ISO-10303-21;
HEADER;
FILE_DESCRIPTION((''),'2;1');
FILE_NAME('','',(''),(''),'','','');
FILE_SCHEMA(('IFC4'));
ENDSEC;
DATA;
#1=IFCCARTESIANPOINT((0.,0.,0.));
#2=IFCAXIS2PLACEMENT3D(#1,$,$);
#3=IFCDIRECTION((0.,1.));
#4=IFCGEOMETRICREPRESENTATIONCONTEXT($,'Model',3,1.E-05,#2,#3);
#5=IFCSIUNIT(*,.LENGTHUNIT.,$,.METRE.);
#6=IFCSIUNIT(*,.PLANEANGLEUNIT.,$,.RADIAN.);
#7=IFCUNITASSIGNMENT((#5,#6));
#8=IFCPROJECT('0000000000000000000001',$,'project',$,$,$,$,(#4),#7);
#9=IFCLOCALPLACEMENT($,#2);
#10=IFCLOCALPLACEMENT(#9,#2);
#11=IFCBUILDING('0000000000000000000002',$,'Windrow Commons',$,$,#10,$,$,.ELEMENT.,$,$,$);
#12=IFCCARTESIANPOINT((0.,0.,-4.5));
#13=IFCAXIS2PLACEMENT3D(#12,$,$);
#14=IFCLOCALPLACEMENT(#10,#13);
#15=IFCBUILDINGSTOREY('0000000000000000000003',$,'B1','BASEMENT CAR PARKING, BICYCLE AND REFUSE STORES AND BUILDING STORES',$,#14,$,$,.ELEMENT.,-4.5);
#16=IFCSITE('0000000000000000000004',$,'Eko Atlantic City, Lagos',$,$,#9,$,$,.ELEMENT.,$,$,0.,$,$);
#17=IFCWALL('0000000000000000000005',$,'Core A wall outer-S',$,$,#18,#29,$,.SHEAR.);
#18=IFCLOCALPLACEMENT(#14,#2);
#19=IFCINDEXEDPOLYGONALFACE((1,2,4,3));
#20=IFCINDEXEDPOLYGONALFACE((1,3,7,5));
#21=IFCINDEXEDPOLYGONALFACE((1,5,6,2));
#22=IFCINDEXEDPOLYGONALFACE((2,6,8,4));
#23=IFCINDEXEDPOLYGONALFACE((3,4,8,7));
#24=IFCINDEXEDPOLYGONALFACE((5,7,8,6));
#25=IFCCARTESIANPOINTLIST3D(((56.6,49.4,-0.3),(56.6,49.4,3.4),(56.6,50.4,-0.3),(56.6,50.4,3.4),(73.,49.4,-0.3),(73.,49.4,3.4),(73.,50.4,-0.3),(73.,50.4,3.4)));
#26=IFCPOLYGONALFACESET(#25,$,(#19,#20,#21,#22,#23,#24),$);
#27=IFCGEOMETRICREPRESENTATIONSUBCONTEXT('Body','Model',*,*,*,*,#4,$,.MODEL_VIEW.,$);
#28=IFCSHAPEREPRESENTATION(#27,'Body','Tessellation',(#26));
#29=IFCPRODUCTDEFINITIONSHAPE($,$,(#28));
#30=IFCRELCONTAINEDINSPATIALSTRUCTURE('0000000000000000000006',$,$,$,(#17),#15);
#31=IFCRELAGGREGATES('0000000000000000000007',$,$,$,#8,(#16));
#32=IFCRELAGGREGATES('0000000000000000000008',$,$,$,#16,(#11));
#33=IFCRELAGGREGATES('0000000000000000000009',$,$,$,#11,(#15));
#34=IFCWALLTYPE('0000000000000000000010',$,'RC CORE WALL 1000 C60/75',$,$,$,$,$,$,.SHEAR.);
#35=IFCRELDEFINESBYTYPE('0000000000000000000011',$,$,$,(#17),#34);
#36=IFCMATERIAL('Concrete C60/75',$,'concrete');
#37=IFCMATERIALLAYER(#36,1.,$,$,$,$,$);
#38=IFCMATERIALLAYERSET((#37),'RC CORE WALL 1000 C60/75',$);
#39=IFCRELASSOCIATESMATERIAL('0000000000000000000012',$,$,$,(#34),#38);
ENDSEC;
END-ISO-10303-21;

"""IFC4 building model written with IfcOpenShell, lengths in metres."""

from ifc_helpers import new_model, si_unit, direction, frame, frame_2d, origin, place, context, subcontext, project, spatial, rectangle, extrude, material, layer, layer_set, type_object, element, save


model = new_model("IFC4")

# Units and contexts
model_context = context("Model", 3, precision=1e-05, world=origin(), true_north=direction((0.0, 1.0)))
body_context = subcontext(model_context, "Body", "Model", "MODEL_VIEW")
ifc_project = project(units=[si_unit("LENGTHUNIT", "METRE"), si_unit("PLANEANGLEUNIT", "RADIAN")], contexts=[model_context])

# Site, building, storey
site_placement = place(None, origin())
site = spatial("IfcSite", under=ifc_project, at=site_placement, Name="Eko Atlantic City, Lagos", CompositionType="ELEMENT", RefElevation=0.0)
building_placement = place(site_placement, origin())
building = spatial("IfcBuilding", under=site, at=building_placement, Name="Windrow Commons", CompositionType="ELEMENT")
storey_placement = place(building_placement, frame((0.0, 0.0, -4.5)))
storey = spatial("IfcBuildingStorey", under=building, at=storey_placement, Name="B1", Description="BASEMENT CAR PARKING, BICYCLE AND REFUSE STORES AND BUILDING STORES", CompositionType="ELEMENT", Elevation=-4.5)

# Wall
ifc_material_1 = material(Name="Concrete C60/75", Category="concrete")
ifc_layer_1 = layer(ifc_material_1, 1.0)
ifc_layer_set_1 = layer_set([ifc_layer_1], Name="RC CORE WALL 1000 C60/75")
wall_type_1 = type_object("IfcWallType", Name="RC CORE WALL 1000 C60/75", PredefinedType="SHEAR", material=ifc_layer_set_1)
wall_1_placement = place(storey_placement, frame((56.6, 49.9, -0.3), z_axis=(0.0, 0.0, 1.0), x_axis=(1.0, 0.0, 0.0)))
element("IfcWall", 1, at=wall_1_placement, inside=storey, type_object=wall_type_1, Name="Core A wall outer-S", PredefinedType="SHEAR", context=body_context, shape_type="SweptSolid", body=[
    extrude(rectangle(XDim=16.4, YDim=1.0, at=frame_2d((8.2, 0.0))), origin(), (0.0, 0.0, 1.0), 3.7),
])

save(model, "model.ifc")
